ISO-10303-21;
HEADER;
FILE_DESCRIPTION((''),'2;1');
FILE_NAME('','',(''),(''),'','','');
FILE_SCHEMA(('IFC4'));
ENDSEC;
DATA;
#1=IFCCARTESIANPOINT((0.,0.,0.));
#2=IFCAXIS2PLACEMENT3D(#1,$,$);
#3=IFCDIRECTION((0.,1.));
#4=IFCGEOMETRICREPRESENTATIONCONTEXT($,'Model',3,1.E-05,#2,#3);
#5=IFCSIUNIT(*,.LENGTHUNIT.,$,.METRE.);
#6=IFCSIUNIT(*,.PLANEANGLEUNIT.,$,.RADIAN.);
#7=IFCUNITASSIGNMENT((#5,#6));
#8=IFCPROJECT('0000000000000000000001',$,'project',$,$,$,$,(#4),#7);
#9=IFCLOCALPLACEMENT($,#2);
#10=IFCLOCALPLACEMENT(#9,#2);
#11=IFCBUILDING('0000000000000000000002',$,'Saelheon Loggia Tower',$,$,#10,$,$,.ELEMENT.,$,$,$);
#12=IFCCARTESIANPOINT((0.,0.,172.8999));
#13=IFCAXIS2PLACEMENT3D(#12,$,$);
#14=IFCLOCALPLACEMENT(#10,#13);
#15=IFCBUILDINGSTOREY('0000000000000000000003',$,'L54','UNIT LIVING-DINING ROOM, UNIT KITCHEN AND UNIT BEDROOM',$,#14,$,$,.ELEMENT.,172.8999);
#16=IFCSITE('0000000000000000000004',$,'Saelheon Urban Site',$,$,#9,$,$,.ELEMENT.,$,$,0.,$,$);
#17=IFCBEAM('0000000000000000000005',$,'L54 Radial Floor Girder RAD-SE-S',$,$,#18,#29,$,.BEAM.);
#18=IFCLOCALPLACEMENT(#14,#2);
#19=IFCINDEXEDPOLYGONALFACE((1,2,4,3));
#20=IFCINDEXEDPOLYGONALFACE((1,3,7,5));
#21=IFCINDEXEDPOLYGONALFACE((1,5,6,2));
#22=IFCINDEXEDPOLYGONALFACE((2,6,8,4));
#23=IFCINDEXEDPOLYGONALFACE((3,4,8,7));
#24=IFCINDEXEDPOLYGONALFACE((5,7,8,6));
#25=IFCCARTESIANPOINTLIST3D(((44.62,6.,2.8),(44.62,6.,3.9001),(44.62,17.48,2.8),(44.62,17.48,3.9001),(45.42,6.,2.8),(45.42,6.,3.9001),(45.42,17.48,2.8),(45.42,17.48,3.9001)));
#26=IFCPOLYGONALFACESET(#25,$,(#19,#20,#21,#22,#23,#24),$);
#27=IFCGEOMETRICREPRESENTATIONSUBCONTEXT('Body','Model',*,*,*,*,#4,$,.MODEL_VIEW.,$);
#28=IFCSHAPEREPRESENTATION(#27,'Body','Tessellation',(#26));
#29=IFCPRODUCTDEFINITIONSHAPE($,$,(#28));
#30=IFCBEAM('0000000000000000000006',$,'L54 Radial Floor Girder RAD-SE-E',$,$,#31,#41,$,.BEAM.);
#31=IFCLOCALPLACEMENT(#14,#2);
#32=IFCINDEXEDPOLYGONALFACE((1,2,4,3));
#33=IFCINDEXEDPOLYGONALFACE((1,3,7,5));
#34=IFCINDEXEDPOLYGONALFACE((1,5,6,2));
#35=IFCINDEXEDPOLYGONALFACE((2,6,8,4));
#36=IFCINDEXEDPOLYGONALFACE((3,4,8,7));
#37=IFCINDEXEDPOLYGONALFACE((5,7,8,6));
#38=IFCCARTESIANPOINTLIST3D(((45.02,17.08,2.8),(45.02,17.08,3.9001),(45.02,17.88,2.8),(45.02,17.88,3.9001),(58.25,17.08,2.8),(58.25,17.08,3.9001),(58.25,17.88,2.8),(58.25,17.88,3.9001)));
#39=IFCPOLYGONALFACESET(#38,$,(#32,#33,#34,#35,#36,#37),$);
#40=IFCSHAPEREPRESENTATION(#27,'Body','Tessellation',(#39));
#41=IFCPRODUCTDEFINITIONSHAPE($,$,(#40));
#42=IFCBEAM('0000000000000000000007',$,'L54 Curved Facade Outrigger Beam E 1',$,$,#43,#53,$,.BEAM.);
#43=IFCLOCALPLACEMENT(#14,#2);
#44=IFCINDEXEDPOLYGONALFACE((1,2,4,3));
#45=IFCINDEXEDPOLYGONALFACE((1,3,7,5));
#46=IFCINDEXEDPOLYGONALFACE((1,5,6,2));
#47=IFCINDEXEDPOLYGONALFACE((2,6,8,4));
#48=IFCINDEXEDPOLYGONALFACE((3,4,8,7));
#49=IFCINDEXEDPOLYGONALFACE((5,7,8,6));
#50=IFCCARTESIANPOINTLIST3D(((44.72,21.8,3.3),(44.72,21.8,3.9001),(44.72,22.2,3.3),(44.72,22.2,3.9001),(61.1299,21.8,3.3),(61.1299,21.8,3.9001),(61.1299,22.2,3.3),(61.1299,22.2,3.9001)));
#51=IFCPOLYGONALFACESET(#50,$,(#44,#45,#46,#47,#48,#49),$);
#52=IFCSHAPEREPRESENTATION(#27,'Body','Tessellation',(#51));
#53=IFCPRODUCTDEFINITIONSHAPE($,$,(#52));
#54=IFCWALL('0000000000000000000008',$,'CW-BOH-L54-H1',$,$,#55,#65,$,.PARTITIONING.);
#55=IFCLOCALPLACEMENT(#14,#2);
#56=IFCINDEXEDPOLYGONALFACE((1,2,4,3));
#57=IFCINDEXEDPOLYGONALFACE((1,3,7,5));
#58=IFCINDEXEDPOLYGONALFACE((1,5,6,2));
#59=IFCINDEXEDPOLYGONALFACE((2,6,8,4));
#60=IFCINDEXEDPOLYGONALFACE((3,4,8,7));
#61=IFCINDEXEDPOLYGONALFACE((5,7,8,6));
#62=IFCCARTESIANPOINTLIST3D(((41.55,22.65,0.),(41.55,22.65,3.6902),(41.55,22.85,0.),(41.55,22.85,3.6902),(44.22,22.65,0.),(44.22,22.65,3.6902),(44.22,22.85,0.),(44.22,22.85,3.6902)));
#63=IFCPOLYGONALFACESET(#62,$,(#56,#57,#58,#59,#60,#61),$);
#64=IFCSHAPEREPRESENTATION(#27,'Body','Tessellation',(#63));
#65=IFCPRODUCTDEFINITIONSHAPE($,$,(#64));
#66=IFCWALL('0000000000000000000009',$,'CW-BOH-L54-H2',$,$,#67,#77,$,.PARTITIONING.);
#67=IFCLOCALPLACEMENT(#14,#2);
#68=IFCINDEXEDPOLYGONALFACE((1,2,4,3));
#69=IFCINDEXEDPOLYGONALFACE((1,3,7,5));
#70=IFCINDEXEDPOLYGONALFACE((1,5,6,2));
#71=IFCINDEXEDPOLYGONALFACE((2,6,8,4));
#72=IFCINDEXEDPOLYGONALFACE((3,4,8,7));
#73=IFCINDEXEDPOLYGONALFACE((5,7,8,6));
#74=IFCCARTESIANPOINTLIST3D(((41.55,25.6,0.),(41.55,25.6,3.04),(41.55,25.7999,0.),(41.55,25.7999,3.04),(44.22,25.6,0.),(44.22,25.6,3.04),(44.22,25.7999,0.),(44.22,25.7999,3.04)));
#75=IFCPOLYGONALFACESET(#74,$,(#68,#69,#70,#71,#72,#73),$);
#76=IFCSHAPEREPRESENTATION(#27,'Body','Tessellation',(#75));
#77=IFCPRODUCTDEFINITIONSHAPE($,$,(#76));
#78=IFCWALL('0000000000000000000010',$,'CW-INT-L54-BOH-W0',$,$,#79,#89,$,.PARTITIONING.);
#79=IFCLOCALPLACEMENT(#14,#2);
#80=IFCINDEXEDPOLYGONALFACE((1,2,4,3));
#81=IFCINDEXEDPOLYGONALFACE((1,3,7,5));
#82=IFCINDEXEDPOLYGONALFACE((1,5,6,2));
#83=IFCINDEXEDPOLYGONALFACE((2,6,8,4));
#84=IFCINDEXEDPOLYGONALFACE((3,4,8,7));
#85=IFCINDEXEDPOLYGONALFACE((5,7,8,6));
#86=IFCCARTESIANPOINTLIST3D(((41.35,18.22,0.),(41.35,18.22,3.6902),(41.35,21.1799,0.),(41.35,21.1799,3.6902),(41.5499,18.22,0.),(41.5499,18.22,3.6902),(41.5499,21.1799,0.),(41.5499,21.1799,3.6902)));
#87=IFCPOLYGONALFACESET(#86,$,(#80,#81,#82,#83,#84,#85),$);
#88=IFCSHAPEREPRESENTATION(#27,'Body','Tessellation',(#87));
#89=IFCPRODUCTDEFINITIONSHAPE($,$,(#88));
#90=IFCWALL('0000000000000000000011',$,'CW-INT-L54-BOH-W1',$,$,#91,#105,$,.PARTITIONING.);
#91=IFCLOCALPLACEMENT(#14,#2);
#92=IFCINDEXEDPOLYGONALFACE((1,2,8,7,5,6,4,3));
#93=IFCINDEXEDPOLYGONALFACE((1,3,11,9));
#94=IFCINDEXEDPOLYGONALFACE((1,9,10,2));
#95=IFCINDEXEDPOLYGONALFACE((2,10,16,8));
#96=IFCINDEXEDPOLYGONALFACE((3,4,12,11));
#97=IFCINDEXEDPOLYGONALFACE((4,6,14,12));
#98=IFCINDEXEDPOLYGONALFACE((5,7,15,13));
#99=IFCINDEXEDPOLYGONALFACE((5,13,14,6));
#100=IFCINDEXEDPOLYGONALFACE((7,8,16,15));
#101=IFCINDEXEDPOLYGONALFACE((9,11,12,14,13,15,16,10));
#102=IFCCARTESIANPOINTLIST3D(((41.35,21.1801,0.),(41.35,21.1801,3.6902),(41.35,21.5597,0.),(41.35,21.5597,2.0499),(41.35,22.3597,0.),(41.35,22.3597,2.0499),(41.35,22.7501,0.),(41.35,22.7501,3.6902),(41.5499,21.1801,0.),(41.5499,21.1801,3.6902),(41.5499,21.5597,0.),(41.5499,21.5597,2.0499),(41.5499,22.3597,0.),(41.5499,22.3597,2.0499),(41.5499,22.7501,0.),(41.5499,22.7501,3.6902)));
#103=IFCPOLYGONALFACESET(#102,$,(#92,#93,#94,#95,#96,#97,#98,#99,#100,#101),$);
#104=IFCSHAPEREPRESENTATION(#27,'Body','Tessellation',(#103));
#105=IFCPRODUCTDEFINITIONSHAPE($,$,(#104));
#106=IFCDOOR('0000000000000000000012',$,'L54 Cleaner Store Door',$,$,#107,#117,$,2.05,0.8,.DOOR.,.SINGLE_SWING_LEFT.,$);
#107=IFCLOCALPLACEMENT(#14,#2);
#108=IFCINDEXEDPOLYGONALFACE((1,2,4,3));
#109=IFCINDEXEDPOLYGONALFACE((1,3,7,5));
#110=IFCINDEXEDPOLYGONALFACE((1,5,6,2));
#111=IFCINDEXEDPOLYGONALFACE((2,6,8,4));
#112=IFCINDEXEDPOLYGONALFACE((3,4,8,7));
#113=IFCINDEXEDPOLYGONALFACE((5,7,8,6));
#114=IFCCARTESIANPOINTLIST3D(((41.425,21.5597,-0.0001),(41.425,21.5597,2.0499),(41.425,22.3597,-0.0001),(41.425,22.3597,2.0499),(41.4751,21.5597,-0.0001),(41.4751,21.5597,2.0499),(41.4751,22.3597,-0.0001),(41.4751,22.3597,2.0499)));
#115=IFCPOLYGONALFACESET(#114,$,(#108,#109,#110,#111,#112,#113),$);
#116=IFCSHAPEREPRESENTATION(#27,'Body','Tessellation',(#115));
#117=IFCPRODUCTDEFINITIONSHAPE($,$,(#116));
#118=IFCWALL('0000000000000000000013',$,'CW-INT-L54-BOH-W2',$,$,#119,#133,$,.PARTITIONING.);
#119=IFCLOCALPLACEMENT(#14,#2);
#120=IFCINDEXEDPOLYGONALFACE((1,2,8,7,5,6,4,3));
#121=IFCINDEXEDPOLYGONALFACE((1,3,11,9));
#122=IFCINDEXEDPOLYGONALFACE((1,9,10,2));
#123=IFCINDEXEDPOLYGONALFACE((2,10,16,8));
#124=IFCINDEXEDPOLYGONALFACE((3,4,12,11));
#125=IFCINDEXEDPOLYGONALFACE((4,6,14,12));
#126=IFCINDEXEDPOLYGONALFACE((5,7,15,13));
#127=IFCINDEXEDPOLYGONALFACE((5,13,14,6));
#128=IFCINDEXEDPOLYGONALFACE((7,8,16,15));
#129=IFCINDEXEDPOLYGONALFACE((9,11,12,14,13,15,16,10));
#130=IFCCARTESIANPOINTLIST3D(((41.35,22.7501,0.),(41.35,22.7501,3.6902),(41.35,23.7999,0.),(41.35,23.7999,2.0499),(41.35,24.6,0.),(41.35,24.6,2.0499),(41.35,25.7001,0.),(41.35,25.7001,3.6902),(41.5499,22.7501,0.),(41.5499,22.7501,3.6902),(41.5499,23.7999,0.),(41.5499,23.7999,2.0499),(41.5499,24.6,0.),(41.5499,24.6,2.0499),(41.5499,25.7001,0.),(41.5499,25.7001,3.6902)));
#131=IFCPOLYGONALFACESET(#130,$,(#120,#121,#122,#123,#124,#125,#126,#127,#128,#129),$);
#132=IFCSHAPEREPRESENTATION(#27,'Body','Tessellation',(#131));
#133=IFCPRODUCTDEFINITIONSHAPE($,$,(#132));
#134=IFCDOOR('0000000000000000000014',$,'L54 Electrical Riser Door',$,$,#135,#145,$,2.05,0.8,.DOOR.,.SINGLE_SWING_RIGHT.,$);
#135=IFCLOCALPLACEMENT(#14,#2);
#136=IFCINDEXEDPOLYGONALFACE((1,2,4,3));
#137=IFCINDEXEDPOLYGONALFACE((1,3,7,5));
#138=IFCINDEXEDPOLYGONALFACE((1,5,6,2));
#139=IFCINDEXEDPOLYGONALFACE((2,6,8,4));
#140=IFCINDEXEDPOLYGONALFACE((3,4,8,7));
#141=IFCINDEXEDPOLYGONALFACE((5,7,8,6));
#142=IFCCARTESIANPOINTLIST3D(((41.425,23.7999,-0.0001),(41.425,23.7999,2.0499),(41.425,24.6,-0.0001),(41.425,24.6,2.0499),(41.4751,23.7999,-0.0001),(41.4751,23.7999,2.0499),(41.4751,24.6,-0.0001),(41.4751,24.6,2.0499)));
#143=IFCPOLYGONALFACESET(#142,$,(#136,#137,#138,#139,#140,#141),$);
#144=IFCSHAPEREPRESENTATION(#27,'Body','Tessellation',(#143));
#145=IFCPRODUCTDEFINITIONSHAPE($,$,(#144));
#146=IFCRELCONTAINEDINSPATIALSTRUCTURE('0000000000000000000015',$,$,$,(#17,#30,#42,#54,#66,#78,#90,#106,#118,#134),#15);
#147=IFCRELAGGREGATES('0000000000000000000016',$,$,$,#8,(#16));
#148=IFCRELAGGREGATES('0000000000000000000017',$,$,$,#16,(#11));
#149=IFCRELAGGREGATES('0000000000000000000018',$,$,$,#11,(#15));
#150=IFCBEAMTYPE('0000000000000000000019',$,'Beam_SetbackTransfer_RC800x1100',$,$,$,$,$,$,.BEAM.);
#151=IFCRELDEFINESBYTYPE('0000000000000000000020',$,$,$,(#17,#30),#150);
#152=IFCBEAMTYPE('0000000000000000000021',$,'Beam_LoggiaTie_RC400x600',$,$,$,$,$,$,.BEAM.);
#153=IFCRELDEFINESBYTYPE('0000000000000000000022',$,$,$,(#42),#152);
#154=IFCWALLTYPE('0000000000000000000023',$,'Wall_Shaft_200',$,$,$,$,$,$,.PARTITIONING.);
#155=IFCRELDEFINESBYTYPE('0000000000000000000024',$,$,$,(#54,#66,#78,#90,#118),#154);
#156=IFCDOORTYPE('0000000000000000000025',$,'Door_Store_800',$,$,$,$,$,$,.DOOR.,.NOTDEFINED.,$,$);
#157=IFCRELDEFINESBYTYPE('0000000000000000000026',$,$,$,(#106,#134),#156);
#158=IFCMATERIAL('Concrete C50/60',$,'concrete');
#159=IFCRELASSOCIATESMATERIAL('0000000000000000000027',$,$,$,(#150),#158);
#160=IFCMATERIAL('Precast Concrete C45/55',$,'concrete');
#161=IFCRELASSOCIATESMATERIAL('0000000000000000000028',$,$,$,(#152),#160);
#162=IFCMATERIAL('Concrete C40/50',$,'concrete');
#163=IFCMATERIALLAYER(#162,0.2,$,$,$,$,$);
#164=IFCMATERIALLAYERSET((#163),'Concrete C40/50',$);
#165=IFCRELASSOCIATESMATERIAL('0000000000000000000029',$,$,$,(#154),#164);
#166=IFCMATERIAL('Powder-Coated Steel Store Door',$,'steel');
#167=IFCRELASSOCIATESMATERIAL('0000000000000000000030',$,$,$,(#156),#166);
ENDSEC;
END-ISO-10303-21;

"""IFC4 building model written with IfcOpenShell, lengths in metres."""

from ifc_helpers import new_model, si_unit, direction, frame, frame_2d, origin, origin_2d, place, context, subcontext, project, spatial, rectangle, extrude, source, transform, mapped, material, layer, layer_set, material_profile, profile_set, type_object, element, fill, save


model = new_model("IFC4")

# Units and contexts
model_context = context("Model", 3, precision=1e-05, world=origin(), true_north=direction((0.0, 1.0)))
body_context = subcontext(model_context, "Body", "Model", "MODEL_VIEW")
ifc_project = project(units=[si_unit("LENGTHUNIT", "METRE"), si_unit("PLANEANGLEUNIT", "RADIAN")], contexts=[model_context])

# Site, building, storey
site_placement = place(None, origin())
site = spatial("IfcSite", under=ifc_project, at=site_placement, Name="Saelheon Urban Site", CompositionType="ELEMENT", RefElevation=0.0)
building_placement = place(site_placement, origin())
building = spatial("IfcBuilding", under=site, at=building_placement, Name="Saelheon Loggia Tower", CompositionType="ELEMENT")
storey_placement = place(building_placement, frame((0.0, 0.0, 172.8999)))
storey = spatial("IfcBuildingStorey", under=building, at=storey_placement, Name="L54", Description="UNIT LIVING-DINING ROOM, UNIT KITCHEN AND UNIT BEDROOM", CompositionType="ELEMENT", Elevation=172.8999)

# Beams
ifc_material_1 = material(Name="Concrete C50/60", Category="concrete")
ifc_material_profile_1 = material_profile(ifc_material_1, rectangle(XDim=0.8, YDim=1.1001, at=origin_2d()), Name="RC-800x1100")
ifc_profile_set_1 = profile_set([ifc_material_profile_1], Name="Concrete C50/60")
beam_type_1 = type_object("IfcBeamType", Name="Beam_SetbackTransfer_RC800x1100", PredefinedType="BEAM", material=ifc_profile_set_1)
shared_shape_1 = source(origin(), body_context, "Body", "SweptSolid", [
    extrude(rectangle(XDim=0.8, YDim=1.1001, at=origin_2d()), origin(), (0.0, 0.0, 1.0), 11.48),
])
beam_1_placement = place(storey_placement, frame((45.02, 17.48, 3.3501), z_axis=(0.0, -1.0, 0.0), x_axis=(1.0, 0.0, 0.0)))
element("IfcBeam", 1, at=beam_1_placement, inside=storey, type_object=beam_type_1, Name="L54 Radial Floor Girder RAD-SE-S", PredefinedType="BEAM", context=body_context, shape_type="MappedRepresentation", body=[
    mapped(shared_shape_1, transform((0.0, 0.0, 0.0), scale=1.0)),
])
shared_shape_2 = source(origin(), body_context, "Body", "SweptSolid", [
    extrude(rectangle(XDim=0.8, YDim=1.1001, at=origin_2d()), origin(), (0.0, 0.0, 1.0), 13.23),
])
beam_2_placement = place(storey_placement, frame((45.02, 17.48, 3.3501), z_axis=(1.0, 0.0, 0.0), x_axis=(0.0, 1.0, 0.0)))
element("IfcBeam", 2, at=beam_2_placement, inside=storey, type_object=beam_type_1, Name="L54 Radial Floor Girder RAD-SE-E", PredefinedType="BEAM", context=body_context, shape_type="MappedRepresentation", body=[
    mapped(shared_shape_2, transform((0.0, 0.0, 0.0), scale=1.0)),
])
ifc_material_2 = material(Name="Precast Concrete C45/55", Category="concrete")
ifc_material_profile_2 = material_profile(ifc_material_2, rectangle(XDim=0.3999, YDim=0.6001, at=origin_2d()), Name="RC-400x600")
ifc_profile_set_2 = profile_set([ifc_material_profile_2], Name="Precast Concrete C45/55")
beam_type_2 = type_object("IfcBeamType", Name="Beam_LoggiaTie_RC400x600", PredefinedType="BEAM", material=ifc_profile_set_2)
shared_shape_3 = source(origin(), body_context, "Body", "SweptSolid", [
    extrude(rectangle(XDim=0.3999, YDim=0.6001, at=origin_2d()), origin(), (0.0, 0.0, 1.0), 16.4099),
])
beam_3_placement = place(storey_placement, frame((44.72, 22.0, 3.6001), z_axis=(1.0, 0.0, 0.0), x_axis=(0.0, 1.0, 0.0)))
element("IfcBeam", 3, at=beam_3_placement, inside=storey, type_object=beam_type_2, Name="L54 Curved Facade Outrigger Beam E 1", PredefinedType="BEAM", context=body_context, shape_type="MappedRepresentation", body=[
    mapped(shared_shape_3, transform((0.0, 0.0, 0.0), scale=1.0)),
])

# Walls
ifc_material_3 = material(Name="Concrete C40/50", Category="concrete")
ifc_layer_1 = layer(ifc_material_3, 0.2)
ifc_layer_set_1 = layer_set([ifc_layer_1], Name="Concrete C40/50")
wall_type_1 = type_object("IfcWallType", Name="Wall_Shaft_200", PredefinedType="PARTITIONING", material=ifc_layer_set_1)
wall_1_placement = place(storey_placement, frame((41.55, 22.75, 0.0), z_axis=(0.0, 0.0, 1.0), x_axis=(1.0, 0.0, 0.0)))
element("IfcWall", 4, at=wall_1_placement, inside=storey, type_object=wall_type_1, Name="CW-BOH-L54-H1", PredefinedType="PARTITIONING", context=body_context, shape_type="SweptSolid", body=[
    extrude(rectangle(XDim=2.6699, YDim=0.2, at=frame_2d((1.335, 0.0))), origin(), (0.0, 0.0, 1.0), 3.6902),
])
wall_2_placement = place(storey_placement, frame((41.55, 25.7, 0.0), z_axis=(0.0, 0.0, 1.0), x_axis=(1.0, 0.0, 0.0)))
element("IfcWall", 5, at=wall_2_placement, inside=storey, type_object=wall_type_1, Name="CW-BOH-L54-H2", PredefinedType="PARTITIONING", context=body_context, shape_type="SweptSolid", body=[
    extrude(rectangle(XDim=2.6699, YDim=0.2, at=frame_2d((1.335, 0.0))), origin(), (0.0, 0.0, 1.0), 3.04),
])
wall_3_placement = place(storey_placement, frame((41.45, 18.22, 0.0), z_axis=(0.0, 0.0, 1.0), x_axis=(0.0, 1.0, 0.0)))
element("IfcWall", 6, at=wall_3_placement, inside=storey, type_object=wall_type_1, Name="CW-INT-L54-BOH-W0", PredefinedType="PARTITIONING", context=body_context, shape_type="SweptSolid", body=[
    extrude(rectangle(XDim=2.96, YDim=0.2, at=frame_2d((1.48, 0.0))), origin(), (0.0, 0.0, 1.0), 3.6902),
])

# Walls, openings, doors
wall_4_placement = place(storey_placement, frame((41.45, 21.1799, 0.0), z_axis=(0.0, 0.0, 1.0), x_axis=(0.0, 1.0, 0.0)))
wall_4 = element("IfcWall", 7, at=wall_4_placement, inside=storey, type_object=wall_type_1, Name="CW-INT-L54-BOH-W1", PredefinedType="PARTITIONING", context=body_context, shape_type="SweptSolid", body=[
    extrude(rectangle(XDim=1.5701, YDim=0.2, at=frame_2d((0.7852, 0.0))), origin(), (0.0, 0.0, 1.0), 3.6902),
])
opening_1_placement = place(wall_4_placement, frame((0.3799, 0.0, 0.0)))
opening_1 = element("IfcOpeningElement", 8, at=opening_1_placement, cuts=wall_4, PredefinedType="OPENING", context=body_context, shape_type="SweptSolid", body=[
    extrude(rectangle(XDim=0.8, YDim=2.05, at=frame_2d((0.3999, 1.0249))), frame((0.0, 0.1121, 0.0), z_axis=(0.0, -1.0, 0.0), x_axis=(1.0, 0.0, 0.0)), (0.0, 0.0, 1.0), 0.2239),
])
ifc_material_4 = material(Name="Powder-Coated Steel Store Door", Category="steel")
door_type_1 = type_object("IfcDoorType", Name="Door_Store_800", OperationType="NOTDEFINED", PredefinedType="DOOR", material=ifc_material_4)
shared_shape_4 = source(origin(), body_context, "Body", "SweptSolid", [
    extrude(rectangle(XDim=0.8, YDim=2.05, at=frame_2d((0.3999, 1.0249))), frame((0.0, 0.0249, 0.0), z_axis=(0.0, -1.0, 0.0), x_axis=(1.0, 0.0, 0.0)), (0.0, 0.0, 1.0), 0.05),
])
door_1_placement = place(opening_1_placement, origin())
door_1 = element("IfcDoor", 9, at=door_1_placement, inside=storey, type_object=door_type_1, Name="L54 Cleaner Store Door", OperationType="SINGLE_SWING_LEFT", OverallHeight=2.05, OverallWidth=0.8, PredefinedType="DOOR", context=body_context, shape_type="MappedRepresentation", body=[
    mapped(shared_shape_4, transform((0.0, 0.0, 0.0), scale=1.0)),
])
fill(opening_1, door_1)
wall_5_placement = place(storey_placement, frame((41.45, 22.75, 0.0), z_axis=(0.0, 0.0, 1.0), x_axis=(0.0, 1.0, 0.0)))
wall_5 = element("IfcWall", 10, at=wall_5_placement, inside=storey, type_object=wall_type_1, Name="CW-INT-L54-BOH-W2", PredefinedType="PARTITIONING", context=body_context, shape_type="SweptSolid", body=[
    extrude(rectangle(XDim=2.95, YDim=0.2, at=frame_2d((1.4751, 0.0))), origin(), (0.0, 0.0, 1.0), 3.6902),
])
opening_2_placement = place(wall_5_placement, frame((1.05, 0.0, 0.0)))
opening_2 = element("IfcOpeningElement", 11, at=opening_2_placement, cuts=wall_5, PredefinedType="OPENING", context=body_context, shape_type="SweptSolid", body=[
    extrude(rectangle(XDim=0.8, YDim=2.05, at=frame_2d((0.3999, 1.0249))), frame((0.0, 0.1121, 0.0), z_axis=(0.0, -1.0, 0.0), x_axis=(1.0, 0.0, 0.0)), (0.0, 0.0, 1.0), 0.2239),
])
door_2_placement = place(opening_2_placement, origin())
door_2 = element("IfcDoor", 12, at=door_2_placement, inside=storey, type_object=door_type_1, Name="L54 Electrical Riser Door", OperationType="SINGLE_SWING_RIGHT", OverallHeight=2.05, OverallWidth=0.8, PredefinedType="DOOR", context=body_context, shape_type="MappedRepresentation", body=[
    mapped(shared_shape_4, transform((0.0, 0.0, 0.0), scale=1.0)),
])
fill(opening_2, door_2)

save(model, "model.ifc")
